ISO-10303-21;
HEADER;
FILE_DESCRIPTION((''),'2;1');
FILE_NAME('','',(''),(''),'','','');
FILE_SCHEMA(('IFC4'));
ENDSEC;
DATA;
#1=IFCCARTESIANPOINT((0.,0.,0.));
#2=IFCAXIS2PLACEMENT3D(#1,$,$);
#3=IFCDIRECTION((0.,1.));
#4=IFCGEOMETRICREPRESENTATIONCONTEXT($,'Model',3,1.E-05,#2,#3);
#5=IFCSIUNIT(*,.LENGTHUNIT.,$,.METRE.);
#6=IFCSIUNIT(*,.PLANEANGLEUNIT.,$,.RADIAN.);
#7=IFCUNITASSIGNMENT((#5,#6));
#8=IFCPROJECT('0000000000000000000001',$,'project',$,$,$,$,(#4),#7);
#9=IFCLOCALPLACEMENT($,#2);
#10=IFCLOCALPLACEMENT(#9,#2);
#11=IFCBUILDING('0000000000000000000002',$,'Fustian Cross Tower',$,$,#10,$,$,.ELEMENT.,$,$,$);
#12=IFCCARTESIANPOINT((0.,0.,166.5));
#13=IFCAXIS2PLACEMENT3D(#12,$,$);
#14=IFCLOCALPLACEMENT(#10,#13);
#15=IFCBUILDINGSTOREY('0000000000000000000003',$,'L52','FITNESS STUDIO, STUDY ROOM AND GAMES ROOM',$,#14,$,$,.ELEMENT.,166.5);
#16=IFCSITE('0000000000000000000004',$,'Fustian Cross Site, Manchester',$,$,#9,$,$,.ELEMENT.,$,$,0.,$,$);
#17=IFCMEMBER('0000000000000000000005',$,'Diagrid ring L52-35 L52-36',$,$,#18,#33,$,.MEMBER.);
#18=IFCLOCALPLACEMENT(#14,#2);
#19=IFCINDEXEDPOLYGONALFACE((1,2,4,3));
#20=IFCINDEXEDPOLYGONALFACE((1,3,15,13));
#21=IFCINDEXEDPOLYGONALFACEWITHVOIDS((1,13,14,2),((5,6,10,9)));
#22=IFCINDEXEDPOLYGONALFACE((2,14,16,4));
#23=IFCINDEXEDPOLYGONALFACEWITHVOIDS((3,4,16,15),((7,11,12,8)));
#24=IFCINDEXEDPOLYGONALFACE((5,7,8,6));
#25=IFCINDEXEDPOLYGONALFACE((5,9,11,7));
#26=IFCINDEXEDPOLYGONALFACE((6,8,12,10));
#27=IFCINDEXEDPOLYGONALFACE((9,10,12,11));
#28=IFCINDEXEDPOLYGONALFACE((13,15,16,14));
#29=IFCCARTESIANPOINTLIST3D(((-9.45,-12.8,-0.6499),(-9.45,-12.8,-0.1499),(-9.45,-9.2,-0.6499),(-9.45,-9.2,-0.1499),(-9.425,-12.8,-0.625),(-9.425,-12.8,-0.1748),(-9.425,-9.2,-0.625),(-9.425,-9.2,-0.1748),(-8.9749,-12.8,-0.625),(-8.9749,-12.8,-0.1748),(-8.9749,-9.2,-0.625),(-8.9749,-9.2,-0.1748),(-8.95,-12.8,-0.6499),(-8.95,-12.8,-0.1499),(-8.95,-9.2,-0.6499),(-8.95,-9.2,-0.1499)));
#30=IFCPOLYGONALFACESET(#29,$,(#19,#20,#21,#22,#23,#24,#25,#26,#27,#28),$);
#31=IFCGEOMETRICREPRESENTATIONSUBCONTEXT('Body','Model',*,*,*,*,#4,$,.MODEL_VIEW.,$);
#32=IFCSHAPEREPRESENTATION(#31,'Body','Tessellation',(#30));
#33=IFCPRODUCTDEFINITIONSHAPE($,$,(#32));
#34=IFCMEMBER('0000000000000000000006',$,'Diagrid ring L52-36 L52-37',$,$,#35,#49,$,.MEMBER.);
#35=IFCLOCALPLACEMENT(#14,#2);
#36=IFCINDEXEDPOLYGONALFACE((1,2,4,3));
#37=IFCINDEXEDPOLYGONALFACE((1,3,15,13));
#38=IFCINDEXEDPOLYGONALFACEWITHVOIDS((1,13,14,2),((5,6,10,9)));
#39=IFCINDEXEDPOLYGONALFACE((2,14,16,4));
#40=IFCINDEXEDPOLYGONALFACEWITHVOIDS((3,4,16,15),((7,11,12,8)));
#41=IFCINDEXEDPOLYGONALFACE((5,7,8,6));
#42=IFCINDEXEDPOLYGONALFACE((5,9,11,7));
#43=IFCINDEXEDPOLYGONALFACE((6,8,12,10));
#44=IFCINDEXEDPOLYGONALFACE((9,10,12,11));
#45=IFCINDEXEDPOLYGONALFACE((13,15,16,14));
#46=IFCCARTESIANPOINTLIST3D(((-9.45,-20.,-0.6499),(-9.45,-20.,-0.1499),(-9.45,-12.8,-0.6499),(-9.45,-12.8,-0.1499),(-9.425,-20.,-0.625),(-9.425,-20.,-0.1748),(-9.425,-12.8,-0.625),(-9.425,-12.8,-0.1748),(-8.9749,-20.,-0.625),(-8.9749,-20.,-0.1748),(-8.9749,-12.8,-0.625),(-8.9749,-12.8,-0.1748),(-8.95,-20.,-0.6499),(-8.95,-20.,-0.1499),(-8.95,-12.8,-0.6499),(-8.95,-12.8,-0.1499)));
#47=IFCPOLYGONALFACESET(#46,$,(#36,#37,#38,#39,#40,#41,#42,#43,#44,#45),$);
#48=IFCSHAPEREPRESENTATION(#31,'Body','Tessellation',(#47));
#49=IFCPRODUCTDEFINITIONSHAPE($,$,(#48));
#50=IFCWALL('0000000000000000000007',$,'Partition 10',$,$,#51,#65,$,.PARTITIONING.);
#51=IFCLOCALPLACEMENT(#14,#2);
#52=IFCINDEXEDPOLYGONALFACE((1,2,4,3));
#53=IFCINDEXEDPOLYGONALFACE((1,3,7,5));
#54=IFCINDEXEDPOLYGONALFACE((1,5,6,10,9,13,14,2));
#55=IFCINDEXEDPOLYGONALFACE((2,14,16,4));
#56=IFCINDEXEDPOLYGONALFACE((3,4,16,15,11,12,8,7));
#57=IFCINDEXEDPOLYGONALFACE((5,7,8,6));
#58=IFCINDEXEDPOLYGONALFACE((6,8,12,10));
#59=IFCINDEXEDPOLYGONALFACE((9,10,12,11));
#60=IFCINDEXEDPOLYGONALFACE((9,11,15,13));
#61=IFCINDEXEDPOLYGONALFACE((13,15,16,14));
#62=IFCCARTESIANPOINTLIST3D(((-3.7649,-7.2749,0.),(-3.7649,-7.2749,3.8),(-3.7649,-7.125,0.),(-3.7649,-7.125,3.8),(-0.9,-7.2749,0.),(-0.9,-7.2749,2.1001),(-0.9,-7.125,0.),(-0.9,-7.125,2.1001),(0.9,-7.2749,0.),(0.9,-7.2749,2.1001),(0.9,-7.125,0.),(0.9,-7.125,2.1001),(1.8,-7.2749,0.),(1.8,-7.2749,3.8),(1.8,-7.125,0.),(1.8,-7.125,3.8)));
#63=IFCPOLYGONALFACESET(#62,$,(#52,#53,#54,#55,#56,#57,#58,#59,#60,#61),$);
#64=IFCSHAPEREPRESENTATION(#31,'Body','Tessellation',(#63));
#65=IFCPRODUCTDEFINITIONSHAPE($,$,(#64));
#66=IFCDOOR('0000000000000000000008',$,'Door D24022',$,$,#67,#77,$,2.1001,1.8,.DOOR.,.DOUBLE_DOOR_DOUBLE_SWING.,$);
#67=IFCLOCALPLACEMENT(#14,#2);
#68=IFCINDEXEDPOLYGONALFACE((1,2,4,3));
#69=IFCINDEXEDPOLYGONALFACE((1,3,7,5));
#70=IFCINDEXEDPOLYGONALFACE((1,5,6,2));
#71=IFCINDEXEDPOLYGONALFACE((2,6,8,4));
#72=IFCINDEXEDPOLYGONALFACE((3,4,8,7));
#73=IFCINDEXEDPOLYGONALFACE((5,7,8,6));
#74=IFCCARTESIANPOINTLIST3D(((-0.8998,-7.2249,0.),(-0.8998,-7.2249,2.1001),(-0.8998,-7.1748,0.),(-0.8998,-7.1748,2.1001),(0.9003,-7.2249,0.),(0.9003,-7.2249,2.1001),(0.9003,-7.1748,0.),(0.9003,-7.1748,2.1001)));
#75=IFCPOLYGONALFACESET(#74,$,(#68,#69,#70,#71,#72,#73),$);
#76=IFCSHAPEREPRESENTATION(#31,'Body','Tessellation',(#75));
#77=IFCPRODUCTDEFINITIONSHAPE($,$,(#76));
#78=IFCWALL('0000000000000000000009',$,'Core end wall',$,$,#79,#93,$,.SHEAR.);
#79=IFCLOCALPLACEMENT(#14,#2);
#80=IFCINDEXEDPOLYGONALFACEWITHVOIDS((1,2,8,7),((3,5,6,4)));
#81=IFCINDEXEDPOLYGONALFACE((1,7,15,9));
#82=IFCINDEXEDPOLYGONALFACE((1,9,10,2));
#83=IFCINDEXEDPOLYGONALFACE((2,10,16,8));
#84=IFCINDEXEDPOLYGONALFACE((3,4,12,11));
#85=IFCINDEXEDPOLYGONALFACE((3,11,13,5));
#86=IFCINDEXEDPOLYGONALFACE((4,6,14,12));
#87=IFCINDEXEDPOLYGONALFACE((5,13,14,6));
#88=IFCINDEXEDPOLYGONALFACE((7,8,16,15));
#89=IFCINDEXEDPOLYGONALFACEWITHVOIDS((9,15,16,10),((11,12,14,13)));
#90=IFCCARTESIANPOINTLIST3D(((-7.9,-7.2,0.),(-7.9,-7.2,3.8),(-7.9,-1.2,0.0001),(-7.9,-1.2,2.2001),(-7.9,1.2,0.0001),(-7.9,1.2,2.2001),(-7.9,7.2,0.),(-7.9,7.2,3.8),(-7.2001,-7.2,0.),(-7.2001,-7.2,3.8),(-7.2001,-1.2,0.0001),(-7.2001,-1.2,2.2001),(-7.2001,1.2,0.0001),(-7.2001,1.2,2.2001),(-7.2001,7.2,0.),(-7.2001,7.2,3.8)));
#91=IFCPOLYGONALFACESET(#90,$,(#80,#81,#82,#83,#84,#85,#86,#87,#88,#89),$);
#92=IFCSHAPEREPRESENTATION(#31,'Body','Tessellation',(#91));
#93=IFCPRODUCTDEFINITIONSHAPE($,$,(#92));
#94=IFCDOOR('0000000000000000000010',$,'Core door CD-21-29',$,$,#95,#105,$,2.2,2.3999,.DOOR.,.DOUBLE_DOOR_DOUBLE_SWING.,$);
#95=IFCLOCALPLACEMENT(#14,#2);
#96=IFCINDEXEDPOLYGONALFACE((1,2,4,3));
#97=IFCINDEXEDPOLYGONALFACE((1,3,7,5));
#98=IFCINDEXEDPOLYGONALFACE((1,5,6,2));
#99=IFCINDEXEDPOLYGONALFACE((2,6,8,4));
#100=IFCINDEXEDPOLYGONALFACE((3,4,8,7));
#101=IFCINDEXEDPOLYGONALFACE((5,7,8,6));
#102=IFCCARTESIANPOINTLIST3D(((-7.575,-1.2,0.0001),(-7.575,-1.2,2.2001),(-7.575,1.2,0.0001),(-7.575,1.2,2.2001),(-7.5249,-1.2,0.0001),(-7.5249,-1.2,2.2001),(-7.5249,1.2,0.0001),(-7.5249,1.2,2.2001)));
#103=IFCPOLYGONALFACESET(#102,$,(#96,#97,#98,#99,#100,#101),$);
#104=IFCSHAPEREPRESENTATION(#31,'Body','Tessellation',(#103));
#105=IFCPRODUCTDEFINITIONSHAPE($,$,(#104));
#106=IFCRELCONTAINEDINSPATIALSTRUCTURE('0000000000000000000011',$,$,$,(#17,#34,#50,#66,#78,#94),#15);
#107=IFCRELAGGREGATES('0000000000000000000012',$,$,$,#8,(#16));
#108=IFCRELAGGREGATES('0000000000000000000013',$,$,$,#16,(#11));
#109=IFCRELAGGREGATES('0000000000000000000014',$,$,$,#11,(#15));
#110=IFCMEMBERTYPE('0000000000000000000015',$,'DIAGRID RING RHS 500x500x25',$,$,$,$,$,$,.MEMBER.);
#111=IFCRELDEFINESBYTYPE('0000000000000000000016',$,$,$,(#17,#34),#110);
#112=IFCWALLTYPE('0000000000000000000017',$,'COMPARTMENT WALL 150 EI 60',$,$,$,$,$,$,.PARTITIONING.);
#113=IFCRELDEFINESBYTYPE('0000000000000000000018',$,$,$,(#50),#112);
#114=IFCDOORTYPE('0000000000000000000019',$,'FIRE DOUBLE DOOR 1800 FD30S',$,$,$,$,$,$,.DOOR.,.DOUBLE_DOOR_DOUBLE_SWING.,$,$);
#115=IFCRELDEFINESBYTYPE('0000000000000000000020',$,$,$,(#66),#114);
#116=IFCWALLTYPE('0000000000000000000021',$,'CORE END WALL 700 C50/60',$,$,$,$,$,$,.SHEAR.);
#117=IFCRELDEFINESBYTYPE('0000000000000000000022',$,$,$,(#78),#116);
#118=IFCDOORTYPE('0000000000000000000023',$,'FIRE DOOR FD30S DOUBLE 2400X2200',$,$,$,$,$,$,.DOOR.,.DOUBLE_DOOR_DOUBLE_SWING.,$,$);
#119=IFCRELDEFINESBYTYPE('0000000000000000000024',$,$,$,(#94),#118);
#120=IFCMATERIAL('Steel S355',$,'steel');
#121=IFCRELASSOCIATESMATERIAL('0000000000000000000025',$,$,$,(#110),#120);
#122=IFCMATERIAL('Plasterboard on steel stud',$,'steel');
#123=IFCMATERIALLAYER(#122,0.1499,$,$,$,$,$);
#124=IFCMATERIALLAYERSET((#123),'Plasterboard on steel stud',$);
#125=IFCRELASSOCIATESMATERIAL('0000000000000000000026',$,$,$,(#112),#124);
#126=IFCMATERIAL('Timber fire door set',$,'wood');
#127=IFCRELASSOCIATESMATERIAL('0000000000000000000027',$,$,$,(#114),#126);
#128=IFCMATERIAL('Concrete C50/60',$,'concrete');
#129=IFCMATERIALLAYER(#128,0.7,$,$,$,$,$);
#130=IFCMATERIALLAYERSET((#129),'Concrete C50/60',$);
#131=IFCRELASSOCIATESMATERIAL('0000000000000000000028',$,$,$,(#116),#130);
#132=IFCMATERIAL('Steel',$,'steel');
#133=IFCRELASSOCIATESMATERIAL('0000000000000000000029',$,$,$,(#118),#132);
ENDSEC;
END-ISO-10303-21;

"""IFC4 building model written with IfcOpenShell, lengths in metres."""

from ifc_helpers import new_model, si_unit, direction, frame, frame_2d, origin, origin_2d, place, context, subcontext, project, spatial, rectangle, hollow_rectangle, extrude, material, layer, layer_set, material_profile, profile_set, type_object, element, fill, save


model = new_model("IFC4")

# Units and contexts
model_context = context("Model", 3, precision=1e-05, world=origin(), true_north=direction((0.0, 1.0)))
body_context = subcontext(model_context, "Body", "Model", "MODEL_VIEW")
ifc_project = project(units=[si_unit("LENGTHUNIT", "METRE"), si_unit("PLANEANGLEUNIT", "RADIAN")], contexts=[model_context])

# Site, building, storey
site_placement = place(None, origin())
site = spatial("IfcSite", under=ifc_project, at=site_placement, Name="Fustian Cross Site, Manchester", CompositionType="ELEMENT", RefElevation=0.0)
building_placement = place(site_placement, origin())
building = spatial("IfcBuilding", under=site, at=building_placement, Name="Fustian Cross Tower", CompositionType="ELEMENT")
storey_placement = place(building_placement, frame((0.0, 0.0, 166.5)))
storey = spatial("IfcBuildingStorey", under=building, at=storey_placement, Name="L52", Description="FITNESS STUDIO, STUDY ROOM AND GAMES ROOM", CompositionType="ELEMENT", Elevation=166.5)

# Members
ifc_material_1 = material(Name="Steel S355", Category="steel")
ifc_material_profile = material_profile(ifc_material_1, hollow_rectangle(XDim=0.5, YDim=0.5, WallThickness=0.0249, at=origin_2d()), Name="RHS 500x500x25")
ifc_profile_set = profile_set([ifc_material_profile], Name="Steel S355")
member_type = type_object("IfcMemberType", Name="DIAGRID RING RHS 500x500x25", PredefinedType="MEMBER", material=ifc_profile_set)
member_1_placement = place(storey_placement, frame((-9.2, -9.2, -0.3999), z_axis=(0.0, -1.0, 0.0), x_axis=(1.0, 0.0, 0.0)))
element("IfcMember", 1, at=member_1_placement, inside=storey, type_object=member_type, Name="Diagrid ring L52-35 L52-36", PredefinedType="MEMBER", context=body_context, shape_type="SweptSolid", body=[
    extrude(hollow_rectangle(XDim=0.5, YDim=0.5, WallThickness=0.0249, at=origin_2d()), origin(), (0.0, 0.0, 1.0), 3.6001),
])
member_2_placement = place(storey_placement, frame((-9.2, -12.8, -0.3999), z_axis=(0.0, -1.0, 0.0), x_axis=(1.0, 0.0, 0.0)))
element("IfcMember", 2, at=member_2_placement, inside=storey, type_object=member_type, Name="Diagrid ring L52-36 L52-37", PredefinedType="MEMBER", context=body_context, shape_type="SweptSolid", body=[
    extrude(hollow_rectangle(XDim=0.5, YDim=0.5, WallThickness=0.0249, at=origin_2d()), origin(), (0.0, 0.0, 1.0), 7.2),
])

# Walls, openings, doors
ifc_material_2 = material(Name="Plasterboard on steel stud", Category="steel")
ifc_layer_1 = layer(ifc_material_2, 0.1499)
ifc_layer_set_1 = layer_set([ifc_layer_1], Name="Plasterboard on steel stud")
wall_type_1 = type_object("IfcWallType", Name="COMPARTMENT WALL 150 EI 60", PredefinedType="PARTITIONING", material=ifc_layer_set_1)
wall_1_placement = place(storey_placement, frame((-3.7649, -7.2, 0.0), z_axis=(0.0, 0.0, 1.0), x_axis=(1.0, 0.0, 0.0)))
wall_1 = element("IfcWall", 3, at=wall_1_placement, inside=storey, type_object=wall_type_1, Name="Partition 10", PredefinedType="PARTITIONING", context=body_context, shape_type="SweptSolid", body=[
    extrude(rectangle(XDim=5.5649, YDim=0.1499, at=frame_2d((2.7825, 0.0))), origin(), (0.0, 0.0, 1.0), 3.8),
])
opening_1_placement = place(wall_1_placement, frame((2.865, 0.0, 0.0)))
opening_1 = element("IfcOpeningElement", 4, at=opening_1_placement, cuts=wall_1, PredefinedType="OPENING", context=body_context, shape_type="SweptSolid", body=[
    extrude(rectangle(XDim=1.8, YDim=2.1001, at=frame_2d((0.8999, 1.05))), frame((0.0, 0.085, 0.0), z_axis=(0.0, -1.0, 0.0), x_axis=(1.0, 0.0, 0.0)), (0.0, 0.0, 1.0), 0.1699),
])
ifc_material_3 = material(Name="Timber fire door set", Category="wood")
door_type_1 = type_object("IfcDoorType", Name="FIRE DOUBLE DOOR 1800 FD30S", OperationType="DOUBLE_DOOR_DOUBLE_SWING", PredefinedType="DOOR", material=ifc_material_3)
door_1_placement = place(opening_1_placement, frame((1.8, 0.0, 0.0), z_axis=(0.0, 0.0, 1.0), x_axis=(-1.0, 0.0, 0.0)))
door_1 = element("IfcDoor", 5, at=door_1_placement, inside=storey, type_object=door_type_1, Name="Door D24022", OperationType="DOUBLE_DOOR_DOUBLE_SWING", OverallHeight=2.1001, OverallWidth=1.8, PredefinedType="DOOR", context=body_context, shape_type="SweptSolid", body=[
    extrude(rectangle(XDim=1.8, YDim=2.1001, at=frame_2d((0.8999, 1.05))), frame((0.0, 0.0249, 0.0), z_axis=(0.0, -1.0, 0.0), x_axis=(1.0, 0.0, 0.0)), (0.0, 0.0, 1.0), 0.05),
])
fill(opening_1, door_1)
ifc_material_4 = material(Name="Concrete C50/60", Category="concrete")
ifc_layer_2 = layer(ifc_material_4, 0.7)
ifc_layer_set_2 = layer_set([ifc_layer_2], Name="Concrete C50/60")
wall_type_2 = type_object("IfcWallType", Name="CORE END WALL 700 C50/60", PredefinedType="SHEAR", material=ifc_layer_set_2)
wall_2_placement = place(storey_placement, frame((-7.55, -7.2, 0.0), z_axis=(0.0, 0.0, 1.0), x_axis=(0.0, 1.0, 0.0)))
wall_2 = element("IfcWall", 6, at=wall_2_placement, inside=storey, type_object=wall_type_2, Name="Core end wall", PredefinedType="SHEAR", context=body_context, shape_type="SweptSolid", body=[
    extrude(rectangle(XDim=14.3999, YDim=0.7, at=frame_2d((7.2, 0.0))), origin(), (0.0, 0.0, 1.0), 3.8),
])
opening_2_placement = place(wall_2_placement, frame((6.0, 0.0, 0.0)))
opening_2 = element("IfcOpeningElement", 7, at=opening_2_placement, cuts=wall_2, PredefinedType="OPENING", context=body_context, shape_type="SweptSolid", body=[
    extrude(rectangle(XDim=2.3999, YDim=2.2, at=frame_2d((1.2, 1.1001))), frame((0.0, 0.3599, 0.0), z_axis=(0.0, -1.0, 0.0), x_axis=(1.0, 0.0, 0.0)), (0.0, 0.0, 1.0), 0.72),
])
ifc_material_5 = material(Name="Steel", Category="steel")
door_type_2 = type_object("IfcDoorType", Name="FIRE DOOR FD30S DOUBLE 2400X2200", OperationType="DOUBLE_DOOR_DOUBLE_SWING", PredefinedType="DOOR", material=ifc_material_5)
door_2_placement = place(opening_2_placement, origin())
door_2 = element("IfcDoor", 8, at=door_2_placement, inside=storey, type_object=door_type_2, Name="Core door CD-21-29", OperationType="DOUBLE_DOOR_DOUBLE_SWING", OverallHeight=2.2, OverallWidth=2.3999, PredefinedType="DOOR", context=body_context, shape_type="SweptSolid", body=[
    extrude(rectangle(XDim=2.3999, YDim=2.2, at=frame_2d((1.2, 1.1001))), frame((0.0, 0.0249, 0.0), z_axis=(0.0, -1.0, 0.0), x_axis=(1.0, 0.0, 0.0)), (0.0, 0.0, 1.0), 0.05),
])
fill(opening_2, door_2)

save(model, "model.ifc")
